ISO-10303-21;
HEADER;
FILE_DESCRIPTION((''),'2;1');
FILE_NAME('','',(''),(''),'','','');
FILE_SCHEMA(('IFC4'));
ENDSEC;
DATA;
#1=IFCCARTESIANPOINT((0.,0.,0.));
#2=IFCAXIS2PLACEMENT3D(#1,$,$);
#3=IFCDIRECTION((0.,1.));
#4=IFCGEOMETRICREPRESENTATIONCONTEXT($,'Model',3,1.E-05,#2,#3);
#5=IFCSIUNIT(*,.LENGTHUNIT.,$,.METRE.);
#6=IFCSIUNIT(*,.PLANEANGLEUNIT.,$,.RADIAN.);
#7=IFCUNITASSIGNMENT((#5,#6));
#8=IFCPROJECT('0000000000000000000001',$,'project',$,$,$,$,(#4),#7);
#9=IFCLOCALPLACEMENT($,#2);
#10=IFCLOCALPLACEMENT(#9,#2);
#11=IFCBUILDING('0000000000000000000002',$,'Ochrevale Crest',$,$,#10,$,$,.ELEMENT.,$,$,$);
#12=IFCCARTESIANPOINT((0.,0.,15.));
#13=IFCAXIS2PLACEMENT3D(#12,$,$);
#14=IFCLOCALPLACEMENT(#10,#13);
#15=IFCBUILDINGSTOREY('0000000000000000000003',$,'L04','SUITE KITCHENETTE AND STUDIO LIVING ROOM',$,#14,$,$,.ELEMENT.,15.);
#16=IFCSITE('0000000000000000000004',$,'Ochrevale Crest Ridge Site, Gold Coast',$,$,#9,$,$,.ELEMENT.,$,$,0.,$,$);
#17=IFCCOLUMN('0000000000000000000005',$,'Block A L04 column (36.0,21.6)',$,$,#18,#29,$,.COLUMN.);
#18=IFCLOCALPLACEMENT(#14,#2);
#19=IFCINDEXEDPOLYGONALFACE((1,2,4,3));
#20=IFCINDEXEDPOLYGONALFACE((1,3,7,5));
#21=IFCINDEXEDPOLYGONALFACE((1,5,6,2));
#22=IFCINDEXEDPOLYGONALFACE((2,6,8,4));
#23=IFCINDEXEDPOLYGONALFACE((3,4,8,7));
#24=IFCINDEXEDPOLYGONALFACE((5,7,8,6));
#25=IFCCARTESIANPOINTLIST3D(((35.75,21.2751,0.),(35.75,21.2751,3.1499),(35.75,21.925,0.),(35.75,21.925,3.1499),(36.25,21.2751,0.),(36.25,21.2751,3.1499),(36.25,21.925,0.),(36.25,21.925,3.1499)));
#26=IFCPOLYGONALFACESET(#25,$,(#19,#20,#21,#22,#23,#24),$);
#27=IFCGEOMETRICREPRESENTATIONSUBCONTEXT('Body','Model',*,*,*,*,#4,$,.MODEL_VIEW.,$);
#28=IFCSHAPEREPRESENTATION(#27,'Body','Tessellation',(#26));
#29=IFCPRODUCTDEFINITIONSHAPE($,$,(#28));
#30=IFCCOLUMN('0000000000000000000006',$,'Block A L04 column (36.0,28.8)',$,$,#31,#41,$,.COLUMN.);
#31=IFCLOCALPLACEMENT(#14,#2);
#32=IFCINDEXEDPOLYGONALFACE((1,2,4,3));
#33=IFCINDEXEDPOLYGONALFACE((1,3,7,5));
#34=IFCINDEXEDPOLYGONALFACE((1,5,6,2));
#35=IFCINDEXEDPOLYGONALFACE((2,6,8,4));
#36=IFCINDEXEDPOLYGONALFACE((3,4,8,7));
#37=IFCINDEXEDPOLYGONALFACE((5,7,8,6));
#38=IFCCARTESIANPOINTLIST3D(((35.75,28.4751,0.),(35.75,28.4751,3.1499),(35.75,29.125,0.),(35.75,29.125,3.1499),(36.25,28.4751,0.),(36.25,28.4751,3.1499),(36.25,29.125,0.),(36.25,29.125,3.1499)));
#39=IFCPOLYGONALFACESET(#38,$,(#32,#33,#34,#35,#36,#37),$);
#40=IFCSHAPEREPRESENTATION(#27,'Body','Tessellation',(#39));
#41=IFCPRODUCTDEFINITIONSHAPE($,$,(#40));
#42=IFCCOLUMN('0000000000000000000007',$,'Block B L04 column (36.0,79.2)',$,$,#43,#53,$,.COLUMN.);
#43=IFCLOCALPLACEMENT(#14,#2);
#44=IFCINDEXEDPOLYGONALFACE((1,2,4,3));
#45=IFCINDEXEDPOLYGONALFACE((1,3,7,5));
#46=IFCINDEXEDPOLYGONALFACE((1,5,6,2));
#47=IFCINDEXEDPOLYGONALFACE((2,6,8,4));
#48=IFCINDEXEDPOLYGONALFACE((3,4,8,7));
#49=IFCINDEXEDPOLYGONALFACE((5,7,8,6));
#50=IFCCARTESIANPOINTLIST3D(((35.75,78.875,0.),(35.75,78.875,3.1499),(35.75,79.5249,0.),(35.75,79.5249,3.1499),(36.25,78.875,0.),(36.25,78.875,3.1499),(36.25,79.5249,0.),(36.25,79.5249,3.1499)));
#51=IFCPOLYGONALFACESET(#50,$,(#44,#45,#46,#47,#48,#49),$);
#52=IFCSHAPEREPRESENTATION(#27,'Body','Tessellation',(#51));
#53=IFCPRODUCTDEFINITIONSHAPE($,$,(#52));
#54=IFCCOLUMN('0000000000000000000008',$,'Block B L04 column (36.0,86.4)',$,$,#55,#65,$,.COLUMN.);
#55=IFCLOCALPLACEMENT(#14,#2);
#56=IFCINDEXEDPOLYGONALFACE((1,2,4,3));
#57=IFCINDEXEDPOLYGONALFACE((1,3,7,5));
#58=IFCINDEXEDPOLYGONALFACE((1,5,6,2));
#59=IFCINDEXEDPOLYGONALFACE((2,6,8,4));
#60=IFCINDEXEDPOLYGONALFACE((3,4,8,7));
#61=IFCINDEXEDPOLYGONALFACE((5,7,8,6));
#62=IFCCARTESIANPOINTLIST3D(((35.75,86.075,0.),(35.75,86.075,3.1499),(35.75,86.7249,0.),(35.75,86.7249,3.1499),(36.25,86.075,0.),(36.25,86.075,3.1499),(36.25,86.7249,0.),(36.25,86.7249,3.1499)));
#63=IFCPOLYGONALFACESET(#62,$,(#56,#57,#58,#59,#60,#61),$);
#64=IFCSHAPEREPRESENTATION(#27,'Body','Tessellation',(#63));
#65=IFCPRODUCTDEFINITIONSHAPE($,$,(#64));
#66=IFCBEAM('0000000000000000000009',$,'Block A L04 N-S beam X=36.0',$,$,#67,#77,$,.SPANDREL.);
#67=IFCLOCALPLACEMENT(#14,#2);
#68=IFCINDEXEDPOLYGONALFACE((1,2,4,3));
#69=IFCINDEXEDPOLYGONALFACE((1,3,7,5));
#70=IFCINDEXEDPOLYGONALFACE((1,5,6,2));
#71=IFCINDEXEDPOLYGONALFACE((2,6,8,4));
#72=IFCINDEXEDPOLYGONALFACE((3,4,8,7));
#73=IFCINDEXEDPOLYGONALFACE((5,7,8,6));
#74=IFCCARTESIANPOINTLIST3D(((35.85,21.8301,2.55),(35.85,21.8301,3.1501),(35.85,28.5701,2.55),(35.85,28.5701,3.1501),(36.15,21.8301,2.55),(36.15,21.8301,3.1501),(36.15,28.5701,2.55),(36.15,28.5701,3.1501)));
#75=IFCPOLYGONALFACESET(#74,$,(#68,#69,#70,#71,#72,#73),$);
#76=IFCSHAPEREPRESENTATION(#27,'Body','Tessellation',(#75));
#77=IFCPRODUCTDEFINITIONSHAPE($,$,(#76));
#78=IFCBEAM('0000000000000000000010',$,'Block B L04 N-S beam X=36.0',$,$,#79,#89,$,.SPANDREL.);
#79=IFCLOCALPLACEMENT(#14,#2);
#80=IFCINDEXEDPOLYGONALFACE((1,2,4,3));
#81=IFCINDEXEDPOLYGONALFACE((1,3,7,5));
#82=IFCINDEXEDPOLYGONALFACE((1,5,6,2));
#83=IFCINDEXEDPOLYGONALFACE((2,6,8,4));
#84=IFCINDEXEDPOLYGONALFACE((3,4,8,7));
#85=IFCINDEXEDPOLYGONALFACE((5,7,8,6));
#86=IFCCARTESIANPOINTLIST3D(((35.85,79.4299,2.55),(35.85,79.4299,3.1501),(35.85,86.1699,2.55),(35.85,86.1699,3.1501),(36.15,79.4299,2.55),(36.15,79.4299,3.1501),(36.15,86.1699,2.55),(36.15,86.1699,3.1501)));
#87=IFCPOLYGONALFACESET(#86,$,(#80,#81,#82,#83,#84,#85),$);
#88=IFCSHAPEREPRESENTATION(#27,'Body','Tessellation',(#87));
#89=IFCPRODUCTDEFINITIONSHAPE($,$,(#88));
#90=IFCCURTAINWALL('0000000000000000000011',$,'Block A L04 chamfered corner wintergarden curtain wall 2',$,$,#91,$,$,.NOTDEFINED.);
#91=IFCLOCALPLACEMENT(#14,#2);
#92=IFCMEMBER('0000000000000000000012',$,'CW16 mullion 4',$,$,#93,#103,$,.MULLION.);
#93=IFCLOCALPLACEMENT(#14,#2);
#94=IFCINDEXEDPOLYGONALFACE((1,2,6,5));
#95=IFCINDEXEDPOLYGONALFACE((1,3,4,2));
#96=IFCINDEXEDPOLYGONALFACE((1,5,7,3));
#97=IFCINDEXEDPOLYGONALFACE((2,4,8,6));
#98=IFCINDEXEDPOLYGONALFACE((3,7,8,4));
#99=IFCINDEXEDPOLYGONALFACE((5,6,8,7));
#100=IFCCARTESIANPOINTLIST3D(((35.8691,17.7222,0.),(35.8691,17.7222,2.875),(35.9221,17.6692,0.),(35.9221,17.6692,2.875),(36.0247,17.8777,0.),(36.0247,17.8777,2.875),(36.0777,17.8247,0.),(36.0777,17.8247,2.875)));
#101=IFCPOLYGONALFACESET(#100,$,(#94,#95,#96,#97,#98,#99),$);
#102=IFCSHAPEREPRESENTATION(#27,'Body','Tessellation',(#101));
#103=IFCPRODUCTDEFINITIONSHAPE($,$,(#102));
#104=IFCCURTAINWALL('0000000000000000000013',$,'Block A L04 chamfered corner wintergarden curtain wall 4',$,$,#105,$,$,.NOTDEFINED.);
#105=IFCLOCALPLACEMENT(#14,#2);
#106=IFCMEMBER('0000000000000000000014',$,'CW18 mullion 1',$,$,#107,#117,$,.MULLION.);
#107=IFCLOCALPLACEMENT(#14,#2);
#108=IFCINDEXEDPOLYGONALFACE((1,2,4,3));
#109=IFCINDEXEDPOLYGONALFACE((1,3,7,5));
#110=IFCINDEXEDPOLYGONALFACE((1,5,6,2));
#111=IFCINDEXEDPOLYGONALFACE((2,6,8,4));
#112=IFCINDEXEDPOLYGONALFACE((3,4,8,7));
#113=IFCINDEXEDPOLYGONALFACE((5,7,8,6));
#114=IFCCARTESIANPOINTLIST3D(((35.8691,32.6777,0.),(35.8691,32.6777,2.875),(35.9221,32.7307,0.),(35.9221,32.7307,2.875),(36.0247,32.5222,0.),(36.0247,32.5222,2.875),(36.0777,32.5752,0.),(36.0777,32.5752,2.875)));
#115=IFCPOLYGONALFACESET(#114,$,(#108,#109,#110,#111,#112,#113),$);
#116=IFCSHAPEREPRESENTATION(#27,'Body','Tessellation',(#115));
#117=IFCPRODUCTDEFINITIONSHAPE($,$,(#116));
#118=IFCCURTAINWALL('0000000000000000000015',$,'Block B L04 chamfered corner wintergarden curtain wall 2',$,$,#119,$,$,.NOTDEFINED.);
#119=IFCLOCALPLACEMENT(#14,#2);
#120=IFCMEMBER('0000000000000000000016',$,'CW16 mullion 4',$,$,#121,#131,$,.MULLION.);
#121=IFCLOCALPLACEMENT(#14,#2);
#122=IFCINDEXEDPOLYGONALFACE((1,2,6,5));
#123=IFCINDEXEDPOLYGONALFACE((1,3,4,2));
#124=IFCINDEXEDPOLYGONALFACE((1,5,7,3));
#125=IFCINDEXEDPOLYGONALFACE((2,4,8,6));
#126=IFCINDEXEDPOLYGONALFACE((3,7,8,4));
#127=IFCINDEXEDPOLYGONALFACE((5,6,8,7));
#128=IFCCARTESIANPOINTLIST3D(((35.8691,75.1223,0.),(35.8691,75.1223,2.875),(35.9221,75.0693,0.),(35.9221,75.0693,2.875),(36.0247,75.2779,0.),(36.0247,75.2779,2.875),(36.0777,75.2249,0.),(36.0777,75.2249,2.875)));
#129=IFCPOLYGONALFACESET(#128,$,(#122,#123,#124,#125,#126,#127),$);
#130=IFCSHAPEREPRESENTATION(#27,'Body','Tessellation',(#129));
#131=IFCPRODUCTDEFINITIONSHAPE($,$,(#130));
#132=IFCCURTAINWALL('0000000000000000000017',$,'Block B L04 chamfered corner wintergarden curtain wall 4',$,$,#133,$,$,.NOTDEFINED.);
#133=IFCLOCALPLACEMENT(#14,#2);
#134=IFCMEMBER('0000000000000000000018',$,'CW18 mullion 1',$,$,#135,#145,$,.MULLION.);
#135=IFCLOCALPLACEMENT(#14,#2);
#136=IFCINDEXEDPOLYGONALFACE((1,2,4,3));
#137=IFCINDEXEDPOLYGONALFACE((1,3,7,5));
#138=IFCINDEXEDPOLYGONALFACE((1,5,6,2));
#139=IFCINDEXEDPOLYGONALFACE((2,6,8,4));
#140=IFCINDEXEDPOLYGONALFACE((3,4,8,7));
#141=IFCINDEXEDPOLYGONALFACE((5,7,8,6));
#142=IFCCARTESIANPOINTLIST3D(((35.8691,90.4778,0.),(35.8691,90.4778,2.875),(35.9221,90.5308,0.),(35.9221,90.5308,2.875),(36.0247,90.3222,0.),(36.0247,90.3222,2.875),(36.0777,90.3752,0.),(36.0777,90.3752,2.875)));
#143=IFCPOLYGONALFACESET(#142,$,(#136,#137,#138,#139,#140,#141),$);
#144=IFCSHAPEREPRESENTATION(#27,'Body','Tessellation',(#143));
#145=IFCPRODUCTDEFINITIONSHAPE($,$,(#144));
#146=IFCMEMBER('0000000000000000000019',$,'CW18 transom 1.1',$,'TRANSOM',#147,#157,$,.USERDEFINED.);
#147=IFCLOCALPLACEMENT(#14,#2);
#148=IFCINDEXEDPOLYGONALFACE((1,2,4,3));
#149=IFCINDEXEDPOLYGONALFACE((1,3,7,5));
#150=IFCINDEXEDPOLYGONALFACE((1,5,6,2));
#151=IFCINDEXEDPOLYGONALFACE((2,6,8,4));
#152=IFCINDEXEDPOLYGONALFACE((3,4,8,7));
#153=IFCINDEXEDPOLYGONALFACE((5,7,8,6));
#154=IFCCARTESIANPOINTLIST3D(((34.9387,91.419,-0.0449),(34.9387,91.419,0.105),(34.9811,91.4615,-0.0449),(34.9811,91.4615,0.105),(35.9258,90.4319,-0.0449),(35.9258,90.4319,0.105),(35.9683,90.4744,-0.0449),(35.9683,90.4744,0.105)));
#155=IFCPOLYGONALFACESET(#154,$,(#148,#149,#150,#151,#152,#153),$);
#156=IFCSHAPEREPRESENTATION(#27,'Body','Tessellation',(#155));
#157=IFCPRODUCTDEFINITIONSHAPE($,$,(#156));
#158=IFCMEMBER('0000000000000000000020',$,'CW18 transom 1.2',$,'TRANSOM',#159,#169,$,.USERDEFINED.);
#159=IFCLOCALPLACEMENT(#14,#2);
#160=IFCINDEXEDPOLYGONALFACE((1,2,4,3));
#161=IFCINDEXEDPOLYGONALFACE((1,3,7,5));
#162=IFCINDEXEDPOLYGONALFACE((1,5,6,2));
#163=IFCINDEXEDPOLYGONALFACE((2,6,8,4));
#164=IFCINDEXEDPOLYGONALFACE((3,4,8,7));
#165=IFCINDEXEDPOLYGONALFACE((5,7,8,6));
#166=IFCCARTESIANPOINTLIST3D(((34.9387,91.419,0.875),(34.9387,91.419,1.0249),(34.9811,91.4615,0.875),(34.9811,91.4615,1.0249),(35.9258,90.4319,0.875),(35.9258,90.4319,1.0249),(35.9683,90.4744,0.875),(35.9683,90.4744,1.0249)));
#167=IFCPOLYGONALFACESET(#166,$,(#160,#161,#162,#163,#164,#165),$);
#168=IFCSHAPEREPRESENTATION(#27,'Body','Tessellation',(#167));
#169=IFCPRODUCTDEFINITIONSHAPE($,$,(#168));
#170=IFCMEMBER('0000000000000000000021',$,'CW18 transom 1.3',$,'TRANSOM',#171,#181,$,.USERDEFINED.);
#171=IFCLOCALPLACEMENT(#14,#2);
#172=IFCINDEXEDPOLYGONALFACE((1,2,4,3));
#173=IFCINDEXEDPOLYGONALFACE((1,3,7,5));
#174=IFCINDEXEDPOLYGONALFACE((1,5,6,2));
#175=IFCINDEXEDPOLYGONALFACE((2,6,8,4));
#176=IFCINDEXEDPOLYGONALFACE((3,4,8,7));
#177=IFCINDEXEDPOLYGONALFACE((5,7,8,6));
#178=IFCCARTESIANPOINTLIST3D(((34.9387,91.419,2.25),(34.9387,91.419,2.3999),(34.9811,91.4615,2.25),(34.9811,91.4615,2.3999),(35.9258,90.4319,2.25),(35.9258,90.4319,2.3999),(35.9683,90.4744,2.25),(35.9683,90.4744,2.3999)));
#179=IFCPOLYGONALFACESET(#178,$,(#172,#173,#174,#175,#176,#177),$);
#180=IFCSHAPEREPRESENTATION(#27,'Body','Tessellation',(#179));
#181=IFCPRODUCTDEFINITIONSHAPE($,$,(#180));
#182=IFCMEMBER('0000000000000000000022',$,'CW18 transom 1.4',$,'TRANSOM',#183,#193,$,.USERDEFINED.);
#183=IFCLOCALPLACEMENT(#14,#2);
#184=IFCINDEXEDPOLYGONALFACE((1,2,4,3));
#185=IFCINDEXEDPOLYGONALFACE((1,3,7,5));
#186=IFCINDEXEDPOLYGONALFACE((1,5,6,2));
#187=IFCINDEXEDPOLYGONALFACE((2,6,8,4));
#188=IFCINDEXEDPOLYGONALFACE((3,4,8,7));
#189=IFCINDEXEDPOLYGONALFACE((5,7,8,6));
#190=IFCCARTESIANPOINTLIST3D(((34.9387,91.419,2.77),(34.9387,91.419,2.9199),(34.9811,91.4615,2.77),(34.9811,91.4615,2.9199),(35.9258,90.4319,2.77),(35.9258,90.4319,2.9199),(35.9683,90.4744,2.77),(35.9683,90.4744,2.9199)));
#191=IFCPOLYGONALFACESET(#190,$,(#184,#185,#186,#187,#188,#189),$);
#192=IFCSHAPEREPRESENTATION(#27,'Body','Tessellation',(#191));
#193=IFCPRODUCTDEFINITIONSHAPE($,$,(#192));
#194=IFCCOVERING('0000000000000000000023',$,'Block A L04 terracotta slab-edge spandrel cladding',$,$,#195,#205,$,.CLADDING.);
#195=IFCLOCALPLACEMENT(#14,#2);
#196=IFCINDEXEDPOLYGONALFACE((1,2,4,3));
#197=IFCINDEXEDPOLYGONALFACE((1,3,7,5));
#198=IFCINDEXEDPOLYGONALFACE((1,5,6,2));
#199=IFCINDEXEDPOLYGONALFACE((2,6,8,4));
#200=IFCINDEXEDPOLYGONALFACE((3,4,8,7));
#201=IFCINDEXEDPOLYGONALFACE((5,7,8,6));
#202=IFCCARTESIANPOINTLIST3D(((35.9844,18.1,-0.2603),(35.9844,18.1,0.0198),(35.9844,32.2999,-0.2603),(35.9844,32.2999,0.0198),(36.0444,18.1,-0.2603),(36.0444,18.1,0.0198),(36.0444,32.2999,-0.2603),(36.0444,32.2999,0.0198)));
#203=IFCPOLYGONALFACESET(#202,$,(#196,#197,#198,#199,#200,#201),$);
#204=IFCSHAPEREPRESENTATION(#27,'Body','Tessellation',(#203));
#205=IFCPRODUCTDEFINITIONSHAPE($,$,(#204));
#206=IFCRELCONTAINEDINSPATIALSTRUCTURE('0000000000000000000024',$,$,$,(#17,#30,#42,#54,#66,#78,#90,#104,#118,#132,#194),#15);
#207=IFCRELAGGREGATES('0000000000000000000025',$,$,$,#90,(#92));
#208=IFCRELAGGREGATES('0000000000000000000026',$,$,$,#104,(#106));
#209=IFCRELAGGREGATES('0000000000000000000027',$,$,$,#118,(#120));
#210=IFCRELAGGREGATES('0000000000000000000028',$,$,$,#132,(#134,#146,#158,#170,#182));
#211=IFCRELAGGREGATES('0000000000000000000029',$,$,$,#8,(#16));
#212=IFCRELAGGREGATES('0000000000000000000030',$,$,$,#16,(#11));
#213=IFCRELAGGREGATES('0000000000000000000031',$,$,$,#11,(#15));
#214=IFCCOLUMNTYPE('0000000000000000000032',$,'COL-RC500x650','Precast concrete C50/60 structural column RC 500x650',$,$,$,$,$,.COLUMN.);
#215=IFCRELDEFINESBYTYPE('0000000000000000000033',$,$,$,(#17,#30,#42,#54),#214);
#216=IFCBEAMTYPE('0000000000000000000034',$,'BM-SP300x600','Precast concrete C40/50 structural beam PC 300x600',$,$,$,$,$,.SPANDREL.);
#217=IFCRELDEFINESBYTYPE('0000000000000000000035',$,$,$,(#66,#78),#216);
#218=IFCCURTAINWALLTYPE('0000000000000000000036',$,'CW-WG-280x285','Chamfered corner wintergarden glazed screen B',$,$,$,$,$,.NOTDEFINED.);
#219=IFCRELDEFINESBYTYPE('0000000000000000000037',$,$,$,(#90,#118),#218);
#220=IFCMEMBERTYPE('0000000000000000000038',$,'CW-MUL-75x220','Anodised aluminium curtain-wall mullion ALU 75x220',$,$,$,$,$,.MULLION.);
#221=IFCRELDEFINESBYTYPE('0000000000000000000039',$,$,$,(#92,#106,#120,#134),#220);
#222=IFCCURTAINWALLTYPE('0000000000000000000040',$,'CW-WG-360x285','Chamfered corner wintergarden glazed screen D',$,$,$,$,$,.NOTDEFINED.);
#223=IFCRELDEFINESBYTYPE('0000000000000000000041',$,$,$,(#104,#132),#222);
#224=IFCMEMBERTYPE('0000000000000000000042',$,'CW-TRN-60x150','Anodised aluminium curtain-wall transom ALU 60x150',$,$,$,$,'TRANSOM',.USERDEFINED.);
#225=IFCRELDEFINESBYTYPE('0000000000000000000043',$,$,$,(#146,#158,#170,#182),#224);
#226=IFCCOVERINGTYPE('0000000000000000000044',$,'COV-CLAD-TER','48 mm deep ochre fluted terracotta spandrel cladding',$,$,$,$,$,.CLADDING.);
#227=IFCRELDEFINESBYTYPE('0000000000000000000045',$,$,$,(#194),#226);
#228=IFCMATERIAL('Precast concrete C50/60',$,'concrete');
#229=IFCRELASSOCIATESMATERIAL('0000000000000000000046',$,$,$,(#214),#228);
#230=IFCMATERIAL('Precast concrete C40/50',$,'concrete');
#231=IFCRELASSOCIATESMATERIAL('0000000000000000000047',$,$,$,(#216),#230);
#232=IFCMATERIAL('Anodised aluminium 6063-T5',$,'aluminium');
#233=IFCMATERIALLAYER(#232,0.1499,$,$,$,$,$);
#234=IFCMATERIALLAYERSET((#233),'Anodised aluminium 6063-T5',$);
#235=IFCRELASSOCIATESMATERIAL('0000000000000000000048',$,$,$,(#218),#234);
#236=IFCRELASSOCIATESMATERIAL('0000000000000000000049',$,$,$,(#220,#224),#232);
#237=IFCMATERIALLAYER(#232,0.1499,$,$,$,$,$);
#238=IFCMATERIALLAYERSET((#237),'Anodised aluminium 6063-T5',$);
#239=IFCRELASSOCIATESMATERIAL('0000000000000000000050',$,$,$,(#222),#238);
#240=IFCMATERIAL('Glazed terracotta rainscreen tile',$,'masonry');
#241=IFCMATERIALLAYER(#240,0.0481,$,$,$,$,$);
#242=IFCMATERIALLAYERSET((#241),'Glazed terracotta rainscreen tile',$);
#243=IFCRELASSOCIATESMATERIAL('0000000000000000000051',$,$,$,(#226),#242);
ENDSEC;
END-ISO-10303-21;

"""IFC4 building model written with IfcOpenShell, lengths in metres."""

from ifc_helpers import new_model, si_unit, direction, frame, origin, origin_2d, place, context, subcontext, project, spatial, rectangle, extrude, material, layer, layer_set, material_profile, profile_set, type_object, element, aggregate, save


model = new_model("IFC4")

# Units and contexts
model_context = context("Model", 3, precision=1e-05, world=origin(), true_north=direction((0.0, 1.0)))
body_context = subcontext(model_context, "Body", "Model", "MODEL_VIEW")
ifc_project = project(units=[si_unit("LENGTHUNIT", "METRE"), si_unit("PLANEANGLEUNIT", "RADIAN")], contexts=[model_context])

# Site, building, storey
site_placement = place(None, origin())
site = spatial("IfcSite", under=ifc_project, at=site_placement, Name="Ochrevale Crest Ridge Site, Gold Coast", CompositionType="ELEMENT", RefElevation=0.0)
building_placement = place(site_placement, origin())
building = spatial("IfcBuilding", under=site, at=building_placement, Name="Ochrevale Crest", CompositionType="ELEMENT")
storey_placement = place(building_placement, frame((0.0, 0.0, 15.0)))
storey = spatial("IfcBuildingStorey", under=building, at=storey_placement, Name="L04", Description="SUITE KITCHENETTE AND STUDIO LIVING ROOM", CompositionType="ELEMENT", Elevation=15.0)

# Columns
ifc_material_1 = material(Name="Precast concrete C50/60", Category="concrete")
ifc_material_profile_1 = material_profile(ifc_material_1, rectangle(XDim=0.5, YDim=0.6499, at=origin_2d()), Name="RC 500x650")
ifc_profile_set_1 = profile_set([ifc_material_profile_1], Name="Precast concrete C50/60")
column_type = type_object("IfcColumnType", Name="COL-RC500x650", Description="Precast concrete C50/60 structural column RC 500x650", PredefinedType="COLUMN", material=ifc_profile_set_1)
for number, where, z_axis, x_axis, name in (
    (1, (36.0, 21.6001, 0.0), (0.0, 0.0, 1.0), (1.0, 0.0, 0.0), "Block A L04 column (36.0,21.6)"),
    (2, (36.0, 28.8, 0.0), (0.0, 0.0, 1.0), (1.0, 0.0, 0.0), "Block A L04 column (36.0,28.8)"),
    (3, (36.0, 79.2, 0.0), (0.0, 0.0, 1.0), (1.0, 0.0, 0.0), "Block B L04 column (36.0,79.2)"),
    (4, (36.0, 86.3999, 0.0), (0.0, 0.0, 1.0), (1.0, 0.0, 0.0), "Block B L04 column (36.0,86.4)"),
):
    element("IfcColumn", number, at=place(storey_placement, frame(where, z_axis=z_axis, x_axis=x_axis)), inside=storey, type_object=column_type, Name=name, PredefinedType="COLUMN", context=body_context, shape_type="SweptSolid", body=[
        extrude(rectangle(XDim=0.5, YDim=0.6499, at=origin_2d()), origin(), (0.0, 0.0, 1.0), 3.1499),
    ])

# Beams
ifc_material_2 = material(Name="Precast concrete C40/50", Category="concrete")
ifc_material_profile_2 = material_profile(ifc_material_2, rectangle(XDim=0.3, YDim=0.6001, at=origin_2d()), Name="PC 300x600")
ifc_profile_set_2 = profile_set([ifc_material_profile_2], Name="Precast concrete C40/50")
beam_type = type_object("IfcBeamType", Name="BM-SP300x600", Description="Precast concrete C40/50 structural beam PC 300x600", PredefinedType="SPANDREL", material=ifc_profile_set_2)
for number, where, z_axis, x_axis, name in (
    (5, (36.0, 21.8301, 2.8501), (0.0, 1.0, 0.0), (-1.0, 0.0, 0.0), "Block A L04 N-S beam X=36.0"),
    (6, (36.0, 79.4299, 2.8501), (0.0, 1.0, 0.0), (-1.0, 0.0, 0.0), "Block B L04 N-S beam X=36.0"),
):
    element("IfcBeam", number, at=place(storey_placement, frame(where, z_axis=z_axis, x_axis=x_axis)), inside=storey, type_object=beam_type, Name=name, PredefinedType="SPANDREL", context=body_context, shape_type="SweptSolid", body=[
        extrude(rectangle(XDim=0.3, YDim=0.6001, at=origin_2d()), origin(), (0.0, 0.0, 1.0), 6.74),
    ])

# Curtain walls, members
ifc_material_3 = material(Name="Anodised aluminium 6063-T5", Category="aluminium")
ifc_layer_1 = layer(ifc_material_3, 0.1499)
ifc_layer_set_1 = layer_set([ifc_layer_1], Name="Anodised aluminium 6063-T5")
curtain_wall_type_1 = type_object("IfcCurtainWallType", Name="CW-WG-280x285", Description="Chamfered corner wintergarden glazed screen B", PredefinedType="NOTDEFINED", material=ifc_layer_set_1)
curtain_wall_1_placement = place(storey_placement, origin())
curtain_wall_1 = element("IfcCurtainWall", 7, at=curtain_wall_1_placement, inside=storey, type_object=curtain_wall_type_1, Name="Block A L04 chamfered corner wintergarden curtain wall 2", PredefinedType="NOTDEFINED")
ifc_material_profile_3 = material_profile(ifc_material_3, rectangle(XDim=0.075, YDim=0.22, at=origin_2d()), Name="ALU 75x220")
ifc_profile_set_3 = profile_set([ifc_material_profile_3], Name="Anodised aluminium 6063-T5")
member_type_1 = type_object("IfcMemberType", Name="CW-MUL-75x220", Description="Anodised aluminium curtain-wall mullion ALU 75x220", PredefinedType="MULLION", material=ifc_profile_set_3)
member_1_placement = place(storey_placement, frame((35.9734, 17.7734, 0.0), z_axis=(0.0, 0.0, 1.0), x_axis=(-0.707107, 0.707107, 0.0)))
member_1 = element("IfcMember", 8, at=member_1_placement, type_object=member_type_1, Name="CW16 mullion 4", PredefinedType="MULLION", context=body_context, shape_type="SweptSolid", body=[
    extrude(rectangle(XDim=0.075, YDim=0.22, at=origin_2d()), origin(), (0.0, 0.0, 1.0), 2.875),
])
aggregate(curtain_wall_1, [member_1])
ifc_layer_2 = layer(ifc_material_3, 0.1499)
ifc_layer_set_2 = layer_set([ifc_layer_2], Name="Anodised aluminium 6063-T5")
curtain_wall_type_2 = type_object("IfcCurtainWallType", Name="CW-WG-360x285", Description="Chamfered corner wintergarden glazed screen D", PredefinedType="NOTDEFINED", material=ifc_layer_set_2)
curtain_wall_2_placement = place(storey_placement, origin())
curtain_wall_2 = element("IfcCurtainWall", 9, at=curtain_wall_2_placement, inside=storey, type_object=curtain_wall_type_2, Name="Block A L04 chamfered corner wintergarden curtain wall 4", PredefinedType="NOTDEFINED")
member_2_placement = place(storey_placement, frame((35.9734, 32.6265, 0.0), z_axis=(0.0, 0.0, 1.0), x_axis=(-0.707107, -0.707107, 0.0)))
member_2 = element("IfcMember", 10, at=member_2_placement, type_object=member_type_1, Name="CW18 mullion 1", PredefinedType="MULLION", context=body_context, shape_type="SweptSolid", body=[
    extrude(rectangle(XDim=0.075, YDim=0.22, at=origin_2d()), origin(), (0.0, 0.0, 1.0), 2.875),
])
aggregate(curtain_wall_2, [member_2])
curtain_wall_3_placement = place(storey_placement, origin())
curtain_wall_3 = element("IfcCurtainWall", 11, at=curtain_wall_3_placement, inside=storey, type_object=curtain_wall_type_1, Name="Block B L04 chamfered corner wintergarden curtain wall 2", PredefinedType="NOTDEFINED")
member_3_placement = place(storey_placement, frame((35.9734, 75.1736, 0.0), z_axis=(0.0, 0.0, 1.0), x_axis=(-0.707107, 0.707107, 0.0)))
member_3 = element("IfcMember", 12, at=member_3_placement, type_object=member_type_1, Name="CW16 mullion 4", PredefinedType="MULLION", context=body_context, shape_type="SweptSolid", body=[
    extrude(rectangle(XDim=0.075, YDim=0.22, at=origin_2d()), origin(), (0.0, 0.0, 1.0), 2.875),
])
aggregate(curtain_wall_3, [member_3])

# Curtain wall, members
curtain_wall_4_placement = place(storey_placement, origin())
curtain_wall_4 = element("IfcCurtainWall", 13, at=curtain_wall_4_placement, inside=storey, type_object=curtain_wall_type_2, Name="Block B L04 chamfered corner wintergarden curtain wall 4", PredefinedType="NOTDEFINED")
member_4_placement = place(storey_placement, frame((35.9734, 90.4265, 0.0), z_axis=(0.0, 0.0, 1.0), x_axis=(-0.707107, -0.707107, 0.0)))
member_4 = element("IfcMember", 14, at=member_4_placement, type_object=member_type_1, Name="CW18 mullion 1", PredefinedType="MULLION", context=body_context, shape_type="SweptSolid", body=[
    extrude(rectangle(XDim=0.075, YDim=0.22, at=origin_2d()), origin(), (0.0, 0.0, 1.0), 2.875),
])
ifc_material_profile_4 = material_profile(ifc_material_3, rectangle(XDim=0.0601, YDim=0.1499, at=origin_2d()), Name="ALU 60x150")
ifc_profile_set_4 = profile_set([ifc_material_profile_4], Name="Anodised aluminium 6063-T5")
member_type_2 = type_object("IfcMemberType", Name="CW-TRN-60x150", Description="Anodised aluminium curtain-wall transom ALU 60x150", ElementType="TRANSOM", PredefinedType="USERDEFINED", material=ifc_profile_set_4)
member_5_placement = place(storey_placement, frame((35.947, 90.4531, 0.03), z_axis=(-0.707107, 0.707107, 0.0), x_axis=(-0.707107, -0.707107, 0.0)))
member_5 = element("IfcMember", 15, at=member_5_placement, type_object=member_type_2, Name="CW18 transom 1.1", ObjectType="TRANSOM", PredefinedType="USERDEFINED", context=body_context, shape_type="SweptSolid", body=[
    extrude(rectangle(XDim=0.0601, YDim=0.1499, at=origin_2d()), origin(), (0.0, 0.0, 1.0), 1.396),
])
member_6_placement = place(storey_placement, frame((35.947, 90.4531, 0.95), z_axis=(-0.707107, 0.707107, 0.0), x_axis=(-0.707107, -0.707107, 0.0)))
member_6 = element("IfcMember", 16, at=member_6_placement, type_object=member_type_2, Name="CW18 transom 1.2", ObjectType="TRANSOM", PredefinedType="USERDEFINED", context=body_context, shape_type="SweptSolid", body=[
    extrude(rectangle(XDim=0.0601, YDim=0.1499, at=origin_2d()), origin(), (0.0, 0.0, 1.0), 1.396),
])
member_7_placement = place(storey_placement, frame((35.947, 90.4531, 2.325), z_axis=(-0.707107, 0.707107, 0.0), x_axis=(-0.707107, -0.707107, 0.0)))
member_7 = element("IfcMember", 17, at=member_7_placement, type_object=member_type_2, Name="CW18 transom 1.3", ObjectType="TRANSOM", PredefinedType="USERDEFINED", context=body_context, shape_type="SweptSolid", body=[
    extrude(rectangle(XDim=0.0601, YDim=0.1499, at=origin_2d()), origin(), (0.0, 0.0, 1.0), 1.396),
])
member_8_placement = place(storey_placement, frame((35.947, 90.4531, 2.845), z_axis=(-0.707107, 0.707107, 0.0), x_axis=(-0.707107, -0.707107, 0.0)))
member_8 = element("IfcMember", 18, at=member_8_placement, type_object=member_type_2, Name="CW18 transom 1.4", ObjectType="TRANSOM", PredefinedType="USERDEFINED", context=body_context, shape_type="SweptSolid", body=[
    extrude(rectangle(XDim=0.0601, YDim=0.1499, at=origin_2d()), origin(), (0.0, 0.0, 1.0), 1.396),
])
aggregate(curtain_wall_4, [member_4, member_5, member_6, member_7, member_8])

# Covering
ifc_material_4 = material(Name="Glazed terracotta rainscreen tile", Category="masonry")
ifc_layer_3 = layer(ifc_material_4, 0.0481)
ifc_layer_set_3 = layer_set([ifc_layer_3], Name="Glazed terracotta rainscreen tile")
covering_type = type_object("IfcCoveringType", Name="COV-CLAD-TER", Description="48 mm deep ochre fluted terracotta spandrel cladding", PredefinedType="CLADDING", material=ifc_layer_set_3)
covering_1_placement = place(storey_placement, frame((36.0144, 25.2, -0.2603), z_axis=(0.0, 0.0, 1.0), x_axis=(0.0, 1.0, 0.0)))
element("IfcCovering", 19, at=covering_1_placement, inside=storey, type_object=covering_type, Name="Block A L04 terracotta slab-edge spandrel cladding", PredefinedType="CLADDING", context=body_context, shape_type="SweptSolid", body=[
    extrude(rectangle(XDim=14.2, YDim=0.0601, at=origin_2d()), origin(), (0.0, 0.0, 1.0), 0.28),
])

save(model, "model.ifc")
